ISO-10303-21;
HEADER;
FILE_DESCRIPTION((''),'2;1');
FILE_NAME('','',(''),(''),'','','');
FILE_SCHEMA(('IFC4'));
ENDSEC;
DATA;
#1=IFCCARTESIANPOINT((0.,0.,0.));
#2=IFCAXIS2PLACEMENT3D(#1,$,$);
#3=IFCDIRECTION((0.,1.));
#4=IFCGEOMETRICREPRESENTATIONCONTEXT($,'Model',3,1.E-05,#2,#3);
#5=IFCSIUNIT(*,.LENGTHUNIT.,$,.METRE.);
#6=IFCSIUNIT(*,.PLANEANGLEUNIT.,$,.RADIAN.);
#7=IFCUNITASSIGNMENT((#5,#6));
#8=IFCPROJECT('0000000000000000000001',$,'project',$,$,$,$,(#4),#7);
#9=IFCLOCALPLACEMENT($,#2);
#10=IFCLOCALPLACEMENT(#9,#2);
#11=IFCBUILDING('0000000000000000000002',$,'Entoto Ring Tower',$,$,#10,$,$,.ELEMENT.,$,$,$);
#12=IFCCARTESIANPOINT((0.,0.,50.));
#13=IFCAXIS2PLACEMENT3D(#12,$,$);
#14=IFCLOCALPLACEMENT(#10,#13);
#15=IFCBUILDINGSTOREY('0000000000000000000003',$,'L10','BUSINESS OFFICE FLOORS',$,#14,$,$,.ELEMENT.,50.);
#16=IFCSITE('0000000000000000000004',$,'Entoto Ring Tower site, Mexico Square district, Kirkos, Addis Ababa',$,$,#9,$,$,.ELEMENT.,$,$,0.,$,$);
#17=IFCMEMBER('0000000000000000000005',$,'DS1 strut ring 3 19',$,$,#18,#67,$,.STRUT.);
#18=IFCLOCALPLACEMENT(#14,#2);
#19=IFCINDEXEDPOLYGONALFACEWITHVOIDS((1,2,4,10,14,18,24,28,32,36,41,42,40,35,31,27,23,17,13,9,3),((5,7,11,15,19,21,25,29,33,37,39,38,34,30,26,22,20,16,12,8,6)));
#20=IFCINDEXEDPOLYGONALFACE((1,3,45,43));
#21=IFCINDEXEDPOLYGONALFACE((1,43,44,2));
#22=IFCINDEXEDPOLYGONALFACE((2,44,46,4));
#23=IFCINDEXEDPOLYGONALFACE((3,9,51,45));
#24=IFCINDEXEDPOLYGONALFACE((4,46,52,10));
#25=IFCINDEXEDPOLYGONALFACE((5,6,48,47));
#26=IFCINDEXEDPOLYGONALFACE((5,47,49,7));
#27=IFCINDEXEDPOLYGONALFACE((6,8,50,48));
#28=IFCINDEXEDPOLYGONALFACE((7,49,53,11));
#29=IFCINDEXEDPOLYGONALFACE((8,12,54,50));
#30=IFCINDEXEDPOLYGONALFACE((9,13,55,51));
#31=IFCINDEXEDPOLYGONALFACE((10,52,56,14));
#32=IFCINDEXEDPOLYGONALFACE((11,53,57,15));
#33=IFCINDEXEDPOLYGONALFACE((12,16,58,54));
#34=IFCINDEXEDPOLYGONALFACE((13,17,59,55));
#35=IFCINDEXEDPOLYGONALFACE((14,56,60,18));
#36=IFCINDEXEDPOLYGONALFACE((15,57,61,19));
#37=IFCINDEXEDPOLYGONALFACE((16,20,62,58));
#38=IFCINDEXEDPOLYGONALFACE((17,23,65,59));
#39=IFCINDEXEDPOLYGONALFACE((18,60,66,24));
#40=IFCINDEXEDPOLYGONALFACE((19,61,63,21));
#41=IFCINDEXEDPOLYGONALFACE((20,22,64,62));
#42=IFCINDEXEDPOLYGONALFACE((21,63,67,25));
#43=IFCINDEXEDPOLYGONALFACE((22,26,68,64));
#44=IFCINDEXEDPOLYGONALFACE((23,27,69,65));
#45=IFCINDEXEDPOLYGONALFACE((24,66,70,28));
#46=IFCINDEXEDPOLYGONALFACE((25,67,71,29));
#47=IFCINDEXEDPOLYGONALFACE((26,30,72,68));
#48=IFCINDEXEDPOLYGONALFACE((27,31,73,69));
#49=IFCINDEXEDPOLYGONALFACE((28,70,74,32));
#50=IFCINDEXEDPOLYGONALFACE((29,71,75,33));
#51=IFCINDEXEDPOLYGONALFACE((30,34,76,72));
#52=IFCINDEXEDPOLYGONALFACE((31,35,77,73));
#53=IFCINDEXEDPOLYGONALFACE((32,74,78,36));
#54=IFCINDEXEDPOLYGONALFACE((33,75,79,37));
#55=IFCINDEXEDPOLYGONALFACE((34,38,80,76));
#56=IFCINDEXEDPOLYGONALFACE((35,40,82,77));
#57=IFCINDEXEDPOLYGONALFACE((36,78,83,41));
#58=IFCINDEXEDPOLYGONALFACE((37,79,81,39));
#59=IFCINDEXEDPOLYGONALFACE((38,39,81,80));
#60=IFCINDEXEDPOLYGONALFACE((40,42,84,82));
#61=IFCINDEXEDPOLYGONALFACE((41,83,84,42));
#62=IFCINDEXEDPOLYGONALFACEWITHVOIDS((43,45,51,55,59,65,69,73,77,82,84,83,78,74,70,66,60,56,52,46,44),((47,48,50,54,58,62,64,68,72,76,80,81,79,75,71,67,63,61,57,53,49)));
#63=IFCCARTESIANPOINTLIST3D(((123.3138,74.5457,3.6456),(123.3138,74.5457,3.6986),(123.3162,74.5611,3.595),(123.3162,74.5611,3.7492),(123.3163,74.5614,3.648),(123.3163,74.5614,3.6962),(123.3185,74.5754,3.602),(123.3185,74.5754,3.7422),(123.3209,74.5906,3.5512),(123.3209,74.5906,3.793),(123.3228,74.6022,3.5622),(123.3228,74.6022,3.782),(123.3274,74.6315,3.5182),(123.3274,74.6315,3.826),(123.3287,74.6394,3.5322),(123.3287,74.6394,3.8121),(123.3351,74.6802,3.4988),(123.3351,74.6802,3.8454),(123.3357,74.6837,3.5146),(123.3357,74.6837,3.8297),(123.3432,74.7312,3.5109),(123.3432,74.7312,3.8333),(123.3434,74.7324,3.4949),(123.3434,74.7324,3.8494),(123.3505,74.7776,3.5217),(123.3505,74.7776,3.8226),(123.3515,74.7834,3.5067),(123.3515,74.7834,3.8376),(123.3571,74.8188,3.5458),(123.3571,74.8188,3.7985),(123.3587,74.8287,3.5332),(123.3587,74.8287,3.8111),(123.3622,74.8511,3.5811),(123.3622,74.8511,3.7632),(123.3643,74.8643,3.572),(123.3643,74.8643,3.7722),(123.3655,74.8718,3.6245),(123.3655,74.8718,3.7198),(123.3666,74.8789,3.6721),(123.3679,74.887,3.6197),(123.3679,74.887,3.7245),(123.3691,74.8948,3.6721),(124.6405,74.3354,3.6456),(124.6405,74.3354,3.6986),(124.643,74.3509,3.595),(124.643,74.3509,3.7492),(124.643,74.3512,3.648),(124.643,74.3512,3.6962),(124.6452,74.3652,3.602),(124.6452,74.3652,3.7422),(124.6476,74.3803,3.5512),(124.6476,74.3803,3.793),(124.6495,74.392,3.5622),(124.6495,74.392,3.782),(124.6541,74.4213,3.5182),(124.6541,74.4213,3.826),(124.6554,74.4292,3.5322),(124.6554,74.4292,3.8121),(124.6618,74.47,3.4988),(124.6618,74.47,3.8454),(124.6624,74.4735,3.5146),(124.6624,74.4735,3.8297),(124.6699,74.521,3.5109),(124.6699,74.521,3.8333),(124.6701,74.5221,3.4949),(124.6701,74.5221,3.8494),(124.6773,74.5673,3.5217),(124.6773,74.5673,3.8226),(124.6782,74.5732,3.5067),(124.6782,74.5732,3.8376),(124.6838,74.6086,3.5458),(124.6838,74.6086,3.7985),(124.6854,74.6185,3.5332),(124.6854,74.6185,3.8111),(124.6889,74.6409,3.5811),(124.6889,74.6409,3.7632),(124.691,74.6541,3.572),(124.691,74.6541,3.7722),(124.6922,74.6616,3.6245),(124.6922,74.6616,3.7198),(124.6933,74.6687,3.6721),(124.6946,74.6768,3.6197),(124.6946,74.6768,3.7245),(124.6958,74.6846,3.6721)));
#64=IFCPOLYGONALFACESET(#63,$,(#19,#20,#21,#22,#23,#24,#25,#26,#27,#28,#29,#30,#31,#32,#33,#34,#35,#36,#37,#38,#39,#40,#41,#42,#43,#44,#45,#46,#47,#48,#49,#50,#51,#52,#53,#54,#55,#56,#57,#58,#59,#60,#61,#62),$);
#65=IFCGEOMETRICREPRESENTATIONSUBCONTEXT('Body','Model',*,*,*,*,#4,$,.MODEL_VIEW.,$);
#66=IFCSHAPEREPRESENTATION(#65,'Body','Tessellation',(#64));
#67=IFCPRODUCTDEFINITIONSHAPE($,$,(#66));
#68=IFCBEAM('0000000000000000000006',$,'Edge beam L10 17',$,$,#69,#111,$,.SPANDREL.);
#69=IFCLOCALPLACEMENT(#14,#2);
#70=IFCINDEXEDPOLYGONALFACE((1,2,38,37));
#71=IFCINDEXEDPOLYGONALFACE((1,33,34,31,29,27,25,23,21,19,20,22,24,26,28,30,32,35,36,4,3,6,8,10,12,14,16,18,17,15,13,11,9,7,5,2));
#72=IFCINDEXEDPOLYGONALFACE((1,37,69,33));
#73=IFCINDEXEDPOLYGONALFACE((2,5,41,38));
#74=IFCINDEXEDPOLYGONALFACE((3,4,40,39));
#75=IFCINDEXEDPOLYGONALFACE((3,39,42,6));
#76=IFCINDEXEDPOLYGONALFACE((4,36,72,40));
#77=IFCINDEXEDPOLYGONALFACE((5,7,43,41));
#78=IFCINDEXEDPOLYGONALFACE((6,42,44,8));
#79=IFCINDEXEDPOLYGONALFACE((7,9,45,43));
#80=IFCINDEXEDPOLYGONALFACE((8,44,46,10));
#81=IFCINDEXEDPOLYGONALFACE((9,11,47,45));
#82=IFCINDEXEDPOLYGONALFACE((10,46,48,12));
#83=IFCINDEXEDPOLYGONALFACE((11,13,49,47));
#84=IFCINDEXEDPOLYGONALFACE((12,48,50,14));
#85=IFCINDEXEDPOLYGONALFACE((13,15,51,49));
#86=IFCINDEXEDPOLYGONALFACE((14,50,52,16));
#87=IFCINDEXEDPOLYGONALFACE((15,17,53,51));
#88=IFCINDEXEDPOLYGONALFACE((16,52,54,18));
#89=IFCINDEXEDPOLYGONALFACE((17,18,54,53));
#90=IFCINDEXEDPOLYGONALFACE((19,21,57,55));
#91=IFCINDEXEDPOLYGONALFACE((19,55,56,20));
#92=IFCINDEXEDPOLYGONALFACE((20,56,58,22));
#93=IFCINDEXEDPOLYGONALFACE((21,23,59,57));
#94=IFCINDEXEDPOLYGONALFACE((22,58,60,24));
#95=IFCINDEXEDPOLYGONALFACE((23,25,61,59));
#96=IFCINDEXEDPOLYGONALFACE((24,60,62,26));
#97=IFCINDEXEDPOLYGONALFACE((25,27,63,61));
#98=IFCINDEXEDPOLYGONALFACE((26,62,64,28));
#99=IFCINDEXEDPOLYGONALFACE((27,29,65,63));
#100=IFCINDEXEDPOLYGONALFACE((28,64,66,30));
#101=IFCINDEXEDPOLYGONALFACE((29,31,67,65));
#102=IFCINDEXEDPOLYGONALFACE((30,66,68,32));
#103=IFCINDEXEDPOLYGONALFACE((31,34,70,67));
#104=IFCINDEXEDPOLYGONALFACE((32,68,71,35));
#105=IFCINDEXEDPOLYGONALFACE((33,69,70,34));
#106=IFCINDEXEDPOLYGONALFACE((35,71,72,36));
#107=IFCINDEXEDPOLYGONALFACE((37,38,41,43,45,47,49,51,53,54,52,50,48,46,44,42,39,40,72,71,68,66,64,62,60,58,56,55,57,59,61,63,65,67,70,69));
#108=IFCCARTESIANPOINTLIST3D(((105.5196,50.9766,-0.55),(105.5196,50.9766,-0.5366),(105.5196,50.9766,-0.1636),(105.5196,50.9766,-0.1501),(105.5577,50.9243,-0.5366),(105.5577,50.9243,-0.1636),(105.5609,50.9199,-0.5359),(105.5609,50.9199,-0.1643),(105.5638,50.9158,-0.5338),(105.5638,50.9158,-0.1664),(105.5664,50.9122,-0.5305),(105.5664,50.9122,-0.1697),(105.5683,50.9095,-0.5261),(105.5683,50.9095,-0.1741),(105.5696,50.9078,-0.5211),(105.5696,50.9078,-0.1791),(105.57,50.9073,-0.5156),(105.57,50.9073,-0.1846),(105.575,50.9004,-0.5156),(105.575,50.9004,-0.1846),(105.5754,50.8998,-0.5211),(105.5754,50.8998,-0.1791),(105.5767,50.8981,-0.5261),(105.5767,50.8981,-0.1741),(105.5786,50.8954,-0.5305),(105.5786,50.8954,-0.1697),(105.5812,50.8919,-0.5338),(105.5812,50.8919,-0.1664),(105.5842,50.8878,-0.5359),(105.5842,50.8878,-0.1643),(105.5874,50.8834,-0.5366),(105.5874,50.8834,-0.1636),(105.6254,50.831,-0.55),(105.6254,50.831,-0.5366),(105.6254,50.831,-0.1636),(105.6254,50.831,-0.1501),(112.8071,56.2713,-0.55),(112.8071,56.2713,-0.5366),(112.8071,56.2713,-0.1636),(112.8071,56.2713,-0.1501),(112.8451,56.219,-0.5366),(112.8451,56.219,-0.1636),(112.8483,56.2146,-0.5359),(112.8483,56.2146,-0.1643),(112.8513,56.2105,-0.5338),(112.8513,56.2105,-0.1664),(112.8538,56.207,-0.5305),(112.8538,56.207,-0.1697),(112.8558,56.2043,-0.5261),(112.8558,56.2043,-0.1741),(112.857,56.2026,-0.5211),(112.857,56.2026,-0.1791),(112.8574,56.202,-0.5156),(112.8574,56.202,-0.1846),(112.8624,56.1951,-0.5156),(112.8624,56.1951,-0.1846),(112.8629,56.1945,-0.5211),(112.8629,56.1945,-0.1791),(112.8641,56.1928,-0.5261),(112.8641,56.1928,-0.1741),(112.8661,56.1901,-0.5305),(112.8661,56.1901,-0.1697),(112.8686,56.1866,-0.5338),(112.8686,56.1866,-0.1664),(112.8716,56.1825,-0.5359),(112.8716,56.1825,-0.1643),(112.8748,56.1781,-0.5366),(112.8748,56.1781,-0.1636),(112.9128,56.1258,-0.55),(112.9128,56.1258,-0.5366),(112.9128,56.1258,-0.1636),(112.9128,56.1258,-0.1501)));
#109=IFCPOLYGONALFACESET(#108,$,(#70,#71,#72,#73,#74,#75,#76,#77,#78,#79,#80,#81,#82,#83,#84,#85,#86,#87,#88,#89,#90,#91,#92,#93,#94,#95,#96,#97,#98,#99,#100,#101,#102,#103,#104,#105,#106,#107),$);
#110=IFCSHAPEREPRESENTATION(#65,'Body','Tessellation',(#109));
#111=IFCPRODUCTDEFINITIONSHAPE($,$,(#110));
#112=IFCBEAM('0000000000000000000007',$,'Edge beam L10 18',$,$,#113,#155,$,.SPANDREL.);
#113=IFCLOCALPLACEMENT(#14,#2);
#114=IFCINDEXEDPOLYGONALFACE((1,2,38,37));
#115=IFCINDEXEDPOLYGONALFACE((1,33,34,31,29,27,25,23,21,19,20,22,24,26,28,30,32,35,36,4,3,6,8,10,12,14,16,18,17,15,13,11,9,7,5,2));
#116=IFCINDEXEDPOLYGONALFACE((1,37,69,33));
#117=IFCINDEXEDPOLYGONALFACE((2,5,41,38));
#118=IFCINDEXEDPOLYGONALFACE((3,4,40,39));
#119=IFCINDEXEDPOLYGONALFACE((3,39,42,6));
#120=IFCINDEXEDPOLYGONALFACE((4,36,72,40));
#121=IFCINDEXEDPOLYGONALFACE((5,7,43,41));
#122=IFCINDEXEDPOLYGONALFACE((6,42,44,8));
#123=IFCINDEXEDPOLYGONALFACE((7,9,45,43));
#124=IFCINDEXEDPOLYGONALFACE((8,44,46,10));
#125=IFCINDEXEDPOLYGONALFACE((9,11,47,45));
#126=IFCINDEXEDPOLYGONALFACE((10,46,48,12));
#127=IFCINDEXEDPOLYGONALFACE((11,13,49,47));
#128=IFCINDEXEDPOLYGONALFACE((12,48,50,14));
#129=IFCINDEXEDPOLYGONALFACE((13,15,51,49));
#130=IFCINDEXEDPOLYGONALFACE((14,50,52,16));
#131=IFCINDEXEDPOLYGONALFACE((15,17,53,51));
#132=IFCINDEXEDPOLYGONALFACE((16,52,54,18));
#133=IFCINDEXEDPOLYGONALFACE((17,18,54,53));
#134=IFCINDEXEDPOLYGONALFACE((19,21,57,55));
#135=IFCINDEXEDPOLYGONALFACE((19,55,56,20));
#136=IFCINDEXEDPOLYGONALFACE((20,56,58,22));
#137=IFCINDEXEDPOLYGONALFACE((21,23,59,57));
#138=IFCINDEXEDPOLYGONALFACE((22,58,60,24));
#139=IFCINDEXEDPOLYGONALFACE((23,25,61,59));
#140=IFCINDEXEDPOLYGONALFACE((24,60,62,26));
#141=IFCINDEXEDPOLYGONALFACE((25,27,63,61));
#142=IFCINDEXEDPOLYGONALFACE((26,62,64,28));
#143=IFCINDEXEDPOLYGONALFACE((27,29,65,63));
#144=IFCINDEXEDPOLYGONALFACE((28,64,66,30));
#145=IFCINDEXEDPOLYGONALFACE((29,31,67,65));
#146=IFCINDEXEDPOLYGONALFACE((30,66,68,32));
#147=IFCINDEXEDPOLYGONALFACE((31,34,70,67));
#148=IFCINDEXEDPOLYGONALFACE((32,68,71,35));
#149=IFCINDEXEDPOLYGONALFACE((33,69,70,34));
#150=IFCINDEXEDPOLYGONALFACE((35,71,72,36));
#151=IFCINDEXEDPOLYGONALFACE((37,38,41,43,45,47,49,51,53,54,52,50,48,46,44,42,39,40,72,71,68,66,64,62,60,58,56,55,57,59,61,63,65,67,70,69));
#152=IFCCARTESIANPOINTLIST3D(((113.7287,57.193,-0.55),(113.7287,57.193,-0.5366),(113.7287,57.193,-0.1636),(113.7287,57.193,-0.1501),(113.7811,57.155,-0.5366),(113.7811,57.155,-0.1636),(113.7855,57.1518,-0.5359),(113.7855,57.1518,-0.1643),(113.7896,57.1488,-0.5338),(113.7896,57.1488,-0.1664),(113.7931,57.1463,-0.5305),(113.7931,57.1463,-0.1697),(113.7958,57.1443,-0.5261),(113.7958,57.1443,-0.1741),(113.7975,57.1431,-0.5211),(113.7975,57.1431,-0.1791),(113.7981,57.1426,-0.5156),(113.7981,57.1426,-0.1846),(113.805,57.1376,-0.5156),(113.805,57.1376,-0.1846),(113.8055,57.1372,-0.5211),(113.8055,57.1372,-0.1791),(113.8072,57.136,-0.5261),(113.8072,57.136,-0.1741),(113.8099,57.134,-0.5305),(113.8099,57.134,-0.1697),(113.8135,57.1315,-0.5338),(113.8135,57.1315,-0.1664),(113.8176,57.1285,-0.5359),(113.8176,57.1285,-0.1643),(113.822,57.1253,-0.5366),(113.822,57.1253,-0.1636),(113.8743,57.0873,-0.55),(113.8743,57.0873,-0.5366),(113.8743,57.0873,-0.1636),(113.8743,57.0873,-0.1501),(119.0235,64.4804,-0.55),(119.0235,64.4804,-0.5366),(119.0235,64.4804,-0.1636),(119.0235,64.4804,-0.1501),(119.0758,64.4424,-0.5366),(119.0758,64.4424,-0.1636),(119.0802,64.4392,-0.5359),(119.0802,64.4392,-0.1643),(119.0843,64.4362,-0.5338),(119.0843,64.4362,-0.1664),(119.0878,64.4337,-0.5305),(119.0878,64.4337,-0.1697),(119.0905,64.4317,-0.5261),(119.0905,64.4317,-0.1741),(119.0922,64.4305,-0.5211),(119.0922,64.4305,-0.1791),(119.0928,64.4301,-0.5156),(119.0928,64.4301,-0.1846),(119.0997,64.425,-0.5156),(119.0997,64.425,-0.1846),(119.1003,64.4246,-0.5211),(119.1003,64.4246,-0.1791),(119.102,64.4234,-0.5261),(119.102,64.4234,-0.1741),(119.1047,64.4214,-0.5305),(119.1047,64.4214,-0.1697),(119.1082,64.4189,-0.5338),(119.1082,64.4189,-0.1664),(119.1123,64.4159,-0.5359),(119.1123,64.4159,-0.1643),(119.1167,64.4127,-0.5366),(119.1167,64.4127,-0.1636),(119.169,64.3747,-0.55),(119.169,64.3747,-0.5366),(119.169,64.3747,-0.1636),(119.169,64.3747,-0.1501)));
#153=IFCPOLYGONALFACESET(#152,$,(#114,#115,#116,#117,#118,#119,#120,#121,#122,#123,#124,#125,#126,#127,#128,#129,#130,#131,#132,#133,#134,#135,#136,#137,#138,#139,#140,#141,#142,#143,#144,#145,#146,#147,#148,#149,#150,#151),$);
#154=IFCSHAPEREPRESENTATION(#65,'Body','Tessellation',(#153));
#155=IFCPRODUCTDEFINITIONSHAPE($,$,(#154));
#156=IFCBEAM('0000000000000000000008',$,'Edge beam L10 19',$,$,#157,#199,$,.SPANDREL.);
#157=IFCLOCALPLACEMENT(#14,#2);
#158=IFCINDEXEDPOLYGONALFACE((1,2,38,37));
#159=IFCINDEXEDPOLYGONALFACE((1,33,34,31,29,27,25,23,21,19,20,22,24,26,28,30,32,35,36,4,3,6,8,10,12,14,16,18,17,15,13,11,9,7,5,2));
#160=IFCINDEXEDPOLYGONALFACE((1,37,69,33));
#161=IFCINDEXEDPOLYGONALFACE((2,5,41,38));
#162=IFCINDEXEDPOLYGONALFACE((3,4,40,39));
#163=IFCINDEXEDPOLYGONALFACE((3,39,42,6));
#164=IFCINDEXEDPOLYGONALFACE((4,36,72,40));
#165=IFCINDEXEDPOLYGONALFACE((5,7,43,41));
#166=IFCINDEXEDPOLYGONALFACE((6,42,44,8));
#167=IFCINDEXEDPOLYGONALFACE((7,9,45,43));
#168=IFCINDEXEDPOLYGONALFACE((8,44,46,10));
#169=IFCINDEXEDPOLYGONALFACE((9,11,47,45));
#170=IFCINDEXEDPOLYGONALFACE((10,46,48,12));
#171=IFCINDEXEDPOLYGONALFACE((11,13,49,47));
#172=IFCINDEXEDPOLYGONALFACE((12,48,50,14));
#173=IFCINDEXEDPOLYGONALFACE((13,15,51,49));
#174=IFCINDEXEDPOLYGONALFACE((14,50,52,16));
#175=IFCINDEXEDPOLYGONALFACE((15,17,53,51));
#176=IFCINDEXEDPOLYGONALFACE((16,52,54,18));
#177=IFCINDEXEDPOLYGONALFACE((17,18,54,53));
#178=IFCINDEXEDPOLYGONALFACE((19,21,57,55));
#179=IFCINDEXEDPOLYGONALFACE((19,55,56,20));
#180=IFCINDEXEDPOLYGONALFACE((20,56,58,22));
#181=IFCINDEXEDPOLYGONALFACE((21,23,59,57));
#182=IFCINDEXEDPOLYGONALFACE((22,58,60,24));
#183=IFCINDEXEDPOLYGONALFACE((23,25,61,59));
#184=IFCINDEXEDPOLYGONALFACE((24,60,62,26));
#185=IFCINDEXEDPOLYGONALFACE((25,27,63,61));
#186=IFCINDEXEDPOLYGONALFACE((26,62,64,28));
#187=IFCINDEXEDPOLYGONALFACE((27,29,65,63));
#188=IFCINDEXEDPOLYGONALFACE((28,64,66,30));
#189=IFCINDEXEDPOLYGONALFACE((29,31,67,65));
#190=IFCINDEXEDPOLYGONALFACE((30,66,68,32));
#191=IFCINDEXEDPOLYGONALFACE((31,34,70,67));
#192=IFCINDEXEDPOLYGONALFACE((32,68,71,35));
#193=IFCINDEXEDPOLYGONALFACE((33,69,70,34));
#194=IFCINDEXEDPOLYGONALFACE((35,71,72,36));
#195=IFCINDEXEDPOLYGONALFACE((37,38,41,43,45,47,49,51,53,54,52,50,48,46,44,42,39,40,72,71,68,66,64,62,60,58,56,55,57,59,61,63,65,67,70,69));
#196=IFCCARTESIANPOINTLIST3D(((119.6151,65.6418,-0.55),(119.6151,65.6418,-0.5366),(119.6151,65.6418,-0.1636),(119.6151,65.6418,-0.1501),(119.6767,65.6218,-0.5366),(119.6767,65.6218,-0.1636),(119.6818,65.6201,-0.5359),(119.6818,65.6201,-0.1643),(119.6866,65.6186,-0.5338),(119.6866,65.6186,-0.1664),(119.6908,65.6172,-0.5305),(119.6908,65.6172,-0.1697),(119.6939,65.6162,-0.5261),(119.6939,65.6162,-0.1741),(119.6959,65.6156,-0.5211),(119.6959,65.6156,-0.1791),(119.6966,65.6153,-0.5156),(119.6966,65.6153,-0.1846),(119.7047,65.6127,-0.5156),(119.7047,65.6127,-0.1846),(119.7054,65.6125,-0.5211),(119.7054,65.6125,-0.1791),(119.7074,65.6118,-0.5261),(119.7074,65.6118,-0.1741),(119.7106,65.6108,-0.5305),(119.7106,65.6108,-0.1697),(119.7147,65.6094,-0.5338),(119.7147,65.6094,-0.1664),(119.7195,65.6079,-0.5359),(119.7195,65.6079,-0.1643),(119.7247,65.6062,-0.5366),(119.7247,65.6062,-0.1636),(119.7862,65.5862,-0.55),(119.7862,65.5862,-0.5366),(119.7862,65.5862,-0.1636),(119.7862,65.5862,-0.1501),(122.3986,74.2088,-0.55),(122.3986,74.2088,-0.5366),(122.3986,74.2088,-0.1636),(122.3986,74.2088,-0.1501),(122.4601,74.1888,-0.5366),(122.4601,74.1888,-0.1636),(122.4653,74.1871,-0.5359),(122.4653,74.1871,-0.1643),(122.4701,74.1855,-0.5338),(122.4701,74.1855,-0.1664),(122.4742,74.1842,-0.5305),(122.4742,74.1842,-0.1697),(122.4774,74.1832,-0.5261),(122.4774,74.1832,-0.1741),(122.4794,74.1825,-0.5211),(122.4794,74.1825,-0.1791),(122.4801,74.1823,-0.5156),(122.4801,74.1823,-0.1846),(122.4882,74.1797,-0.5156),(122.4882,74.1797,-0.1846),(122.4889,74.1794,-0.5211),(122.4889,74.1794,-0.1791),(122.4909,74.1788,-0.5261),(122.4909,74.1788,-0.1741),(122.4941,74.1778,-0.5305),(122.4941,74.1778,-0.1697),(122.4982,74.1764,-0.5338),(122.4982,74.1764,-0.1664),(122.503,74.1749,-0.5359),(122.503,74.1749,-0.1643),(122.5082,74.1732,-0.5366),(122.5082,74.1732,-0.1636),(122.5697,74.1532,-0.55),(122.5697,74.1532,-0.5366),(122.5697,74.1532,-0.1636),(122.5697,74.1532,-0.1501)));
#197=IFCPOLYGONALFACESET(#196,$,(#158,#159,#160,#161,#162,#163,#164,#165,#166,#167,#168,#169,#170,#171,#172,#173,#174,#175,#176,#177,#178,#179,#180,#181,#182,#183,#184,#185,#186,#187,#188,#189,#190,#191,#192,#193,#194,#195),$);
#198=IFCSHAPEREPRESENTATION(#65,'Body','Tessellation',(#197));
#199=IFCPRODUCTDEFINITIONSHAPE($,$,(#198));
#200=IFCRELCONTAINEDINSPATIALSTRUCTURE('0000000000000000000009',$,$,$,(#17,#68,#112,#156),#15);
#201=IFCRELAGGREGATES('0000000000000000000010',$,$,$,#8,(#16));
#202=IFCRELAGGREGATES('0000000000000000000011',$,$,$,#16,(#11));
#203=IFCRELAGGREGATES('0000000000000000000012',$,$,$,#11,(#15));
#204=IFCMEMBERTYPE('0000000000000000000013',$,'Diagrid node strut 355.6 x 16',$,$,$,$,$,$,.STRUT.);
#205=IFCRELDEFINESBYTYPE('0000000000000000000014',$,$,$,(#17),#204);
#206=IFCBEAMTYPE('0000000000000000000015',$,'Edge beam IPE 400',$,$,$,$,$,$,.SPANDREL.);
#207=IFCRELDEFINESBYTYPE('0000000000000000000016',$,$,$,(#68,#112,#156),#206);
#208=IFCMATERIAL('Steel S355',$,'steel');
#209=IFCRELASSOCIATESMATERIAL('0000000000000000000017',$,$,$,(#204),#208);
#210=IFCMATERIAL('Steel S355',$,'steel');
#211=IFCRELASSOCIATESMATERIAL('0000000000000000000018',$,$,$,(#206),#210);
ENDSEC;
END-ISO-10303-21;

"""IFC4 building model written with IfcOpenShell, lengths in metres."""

from ifc_helpers import new_model, si_unit, direction, frame, origin, origin_2d, place, context, subcontext, project, spatial, circle, hollow_circle, i_section, extrude, material, material_profile, profile_set, type_object, element, save


model = new_model("IFC4")

# Units and contexts
model_context = context("Model", 3, precision=1e-05, world=origin(), true_north=direction((0.0, 1.0)))
body_context = subcontext(model_context, "Body", "Model", "MODEL_VIEW")
ifc_project = project(units=[si_unit("LENGTHUNIT", "METRE"), si_unit("PLANEANGLEUNIT", "RADIAN")], contexts=[model_context])

# Site, building, storey
site_placement = place(None, origin())
site = spatial("IfcSite", under=ifc_project, at=site_placement, Name="Entoto Ring Tower site, Mexico Square district, Kirkos, Addis Ababa", CompositionType="ELEMENT", RefElevation=0.0)
building_placement = place(site_placement, origin())
building = spatial("IfcBuilding", under=site, at=building_placement, Name="Entoto Ring Tower", CompositionType="ELEMENT")
storey_placement = place(building_placement, frame((0.0, 0.0, 50.0)))
storey = spatial("IfcBuildingStorey", under=building, at=storey_placement, Name="L10", Description="BUSINESS OFFICE FLOORS", CompositionType="ELEMENT", Elevation=50.0)

# Member
ifc_material_1 = material(Name="Steel S355", Category="steel")
ifc_material_profile_1 = material_profile(ifc_material_1, hollow_circle(Radius=0.1777, WallThickness=0.0161, at=origin_2d()), Name="CHS 355.6 x 16")
ifc_material_2 = material(Name="Concrete C60/75", Category="concrete")
ifc_material_profile_2 = material_profile(ifc_material_2, circle(Radius=0.1619, at=origin_2d()), Name="Concrete C60/75 infill")
ifc_profile_set_1 = profile_set([ifc_material_profile_1, ifc_material_profile_2], Name="Steel S355")
member_type = type_object("IfcMemberType", Name="Diagrid node strut 355.6 x 16", PredefinedType="STRUT", material=ifc_profile_set_1)
member_1_placement = place(storey_placement, frame((123.3413, 74.7192, 3.6721), z_axis=(0.987679, -0.156495, 0.0), x_axis=(0.156495, 0.987679, 0.0)))
element("IfcMember", 1, at=member_1_placement, inside=storey, type_object=member_type, Name="DS1 strut ring 3 19", PredefinedType="STRUT", context=body_context, shape_type="SweptSolid", body=[
    extrude(hollow_circle(Radius=0.1777, WallThickness=0.0161, at=origin_2d()), origin(), (0.0, 0.0, 1.0), 1.3433),
])

# Beams
ifc_material_3 = material(Name="Steel S355", Category="steel")
ifc_material_profile_3 = material_profile(ifc_material_3, i_section(OverallWidth=0.1799, OverallDepth=0.3999, WebThickness=0.0085, FlangeThickness=0.0134, FilletRadius=0.021, at=origin_2d()), Name="IPE 400")
ifc_profile_set_2 = profile_set([ifc_material_profile_3], Name="Steel S355")
beam_type_1 = type_object("IfcBeamType", Name="Edge beam IPE 400", PredefinedType="SPANDREL", material=ifc_profile_set_2)
for number, where, z_axis, x_axis, name in (
    (2, (105.5725, 50.9038, -0.3501), (0.809011, 0.587793, 0.0), (-0.587793, 0.809011, 0.0), "Edge beam L10 17"),
    (3, (113.8015, 57.1401, -0.3501), (0.587793, 0.809011, 0.0), (-0.809011, 0.587793, 0.0), "Edge beam L10 18"),
    (4, (119.7007, 65.614, -0.3501), (0.309006, 0.95106, 0.0), (-0.95106, 0.309006, 0.0), "Edge beam L10 19"),
):
    element("IfcBeam", number, at=place(storey_placement, frame(where, z_axis=z_axis, x_axis=x_axis)), inside=storey, type_object=beam_type_1, Name=name, PredefinedType="SPANDREL", context=body_context, shape_type="SweptSolid", body=[
        extrude(i_section(OverallWidth=0.1799, OverallDepth=0.3999, WebThickness=0.0085, FlangeThickness=0.0134, FilletRadius=0.021, at=origin_2d()), origin(), (0.0, 0.0, 1.0), 9.0078),
    ])

save(model, "model.ifc")
